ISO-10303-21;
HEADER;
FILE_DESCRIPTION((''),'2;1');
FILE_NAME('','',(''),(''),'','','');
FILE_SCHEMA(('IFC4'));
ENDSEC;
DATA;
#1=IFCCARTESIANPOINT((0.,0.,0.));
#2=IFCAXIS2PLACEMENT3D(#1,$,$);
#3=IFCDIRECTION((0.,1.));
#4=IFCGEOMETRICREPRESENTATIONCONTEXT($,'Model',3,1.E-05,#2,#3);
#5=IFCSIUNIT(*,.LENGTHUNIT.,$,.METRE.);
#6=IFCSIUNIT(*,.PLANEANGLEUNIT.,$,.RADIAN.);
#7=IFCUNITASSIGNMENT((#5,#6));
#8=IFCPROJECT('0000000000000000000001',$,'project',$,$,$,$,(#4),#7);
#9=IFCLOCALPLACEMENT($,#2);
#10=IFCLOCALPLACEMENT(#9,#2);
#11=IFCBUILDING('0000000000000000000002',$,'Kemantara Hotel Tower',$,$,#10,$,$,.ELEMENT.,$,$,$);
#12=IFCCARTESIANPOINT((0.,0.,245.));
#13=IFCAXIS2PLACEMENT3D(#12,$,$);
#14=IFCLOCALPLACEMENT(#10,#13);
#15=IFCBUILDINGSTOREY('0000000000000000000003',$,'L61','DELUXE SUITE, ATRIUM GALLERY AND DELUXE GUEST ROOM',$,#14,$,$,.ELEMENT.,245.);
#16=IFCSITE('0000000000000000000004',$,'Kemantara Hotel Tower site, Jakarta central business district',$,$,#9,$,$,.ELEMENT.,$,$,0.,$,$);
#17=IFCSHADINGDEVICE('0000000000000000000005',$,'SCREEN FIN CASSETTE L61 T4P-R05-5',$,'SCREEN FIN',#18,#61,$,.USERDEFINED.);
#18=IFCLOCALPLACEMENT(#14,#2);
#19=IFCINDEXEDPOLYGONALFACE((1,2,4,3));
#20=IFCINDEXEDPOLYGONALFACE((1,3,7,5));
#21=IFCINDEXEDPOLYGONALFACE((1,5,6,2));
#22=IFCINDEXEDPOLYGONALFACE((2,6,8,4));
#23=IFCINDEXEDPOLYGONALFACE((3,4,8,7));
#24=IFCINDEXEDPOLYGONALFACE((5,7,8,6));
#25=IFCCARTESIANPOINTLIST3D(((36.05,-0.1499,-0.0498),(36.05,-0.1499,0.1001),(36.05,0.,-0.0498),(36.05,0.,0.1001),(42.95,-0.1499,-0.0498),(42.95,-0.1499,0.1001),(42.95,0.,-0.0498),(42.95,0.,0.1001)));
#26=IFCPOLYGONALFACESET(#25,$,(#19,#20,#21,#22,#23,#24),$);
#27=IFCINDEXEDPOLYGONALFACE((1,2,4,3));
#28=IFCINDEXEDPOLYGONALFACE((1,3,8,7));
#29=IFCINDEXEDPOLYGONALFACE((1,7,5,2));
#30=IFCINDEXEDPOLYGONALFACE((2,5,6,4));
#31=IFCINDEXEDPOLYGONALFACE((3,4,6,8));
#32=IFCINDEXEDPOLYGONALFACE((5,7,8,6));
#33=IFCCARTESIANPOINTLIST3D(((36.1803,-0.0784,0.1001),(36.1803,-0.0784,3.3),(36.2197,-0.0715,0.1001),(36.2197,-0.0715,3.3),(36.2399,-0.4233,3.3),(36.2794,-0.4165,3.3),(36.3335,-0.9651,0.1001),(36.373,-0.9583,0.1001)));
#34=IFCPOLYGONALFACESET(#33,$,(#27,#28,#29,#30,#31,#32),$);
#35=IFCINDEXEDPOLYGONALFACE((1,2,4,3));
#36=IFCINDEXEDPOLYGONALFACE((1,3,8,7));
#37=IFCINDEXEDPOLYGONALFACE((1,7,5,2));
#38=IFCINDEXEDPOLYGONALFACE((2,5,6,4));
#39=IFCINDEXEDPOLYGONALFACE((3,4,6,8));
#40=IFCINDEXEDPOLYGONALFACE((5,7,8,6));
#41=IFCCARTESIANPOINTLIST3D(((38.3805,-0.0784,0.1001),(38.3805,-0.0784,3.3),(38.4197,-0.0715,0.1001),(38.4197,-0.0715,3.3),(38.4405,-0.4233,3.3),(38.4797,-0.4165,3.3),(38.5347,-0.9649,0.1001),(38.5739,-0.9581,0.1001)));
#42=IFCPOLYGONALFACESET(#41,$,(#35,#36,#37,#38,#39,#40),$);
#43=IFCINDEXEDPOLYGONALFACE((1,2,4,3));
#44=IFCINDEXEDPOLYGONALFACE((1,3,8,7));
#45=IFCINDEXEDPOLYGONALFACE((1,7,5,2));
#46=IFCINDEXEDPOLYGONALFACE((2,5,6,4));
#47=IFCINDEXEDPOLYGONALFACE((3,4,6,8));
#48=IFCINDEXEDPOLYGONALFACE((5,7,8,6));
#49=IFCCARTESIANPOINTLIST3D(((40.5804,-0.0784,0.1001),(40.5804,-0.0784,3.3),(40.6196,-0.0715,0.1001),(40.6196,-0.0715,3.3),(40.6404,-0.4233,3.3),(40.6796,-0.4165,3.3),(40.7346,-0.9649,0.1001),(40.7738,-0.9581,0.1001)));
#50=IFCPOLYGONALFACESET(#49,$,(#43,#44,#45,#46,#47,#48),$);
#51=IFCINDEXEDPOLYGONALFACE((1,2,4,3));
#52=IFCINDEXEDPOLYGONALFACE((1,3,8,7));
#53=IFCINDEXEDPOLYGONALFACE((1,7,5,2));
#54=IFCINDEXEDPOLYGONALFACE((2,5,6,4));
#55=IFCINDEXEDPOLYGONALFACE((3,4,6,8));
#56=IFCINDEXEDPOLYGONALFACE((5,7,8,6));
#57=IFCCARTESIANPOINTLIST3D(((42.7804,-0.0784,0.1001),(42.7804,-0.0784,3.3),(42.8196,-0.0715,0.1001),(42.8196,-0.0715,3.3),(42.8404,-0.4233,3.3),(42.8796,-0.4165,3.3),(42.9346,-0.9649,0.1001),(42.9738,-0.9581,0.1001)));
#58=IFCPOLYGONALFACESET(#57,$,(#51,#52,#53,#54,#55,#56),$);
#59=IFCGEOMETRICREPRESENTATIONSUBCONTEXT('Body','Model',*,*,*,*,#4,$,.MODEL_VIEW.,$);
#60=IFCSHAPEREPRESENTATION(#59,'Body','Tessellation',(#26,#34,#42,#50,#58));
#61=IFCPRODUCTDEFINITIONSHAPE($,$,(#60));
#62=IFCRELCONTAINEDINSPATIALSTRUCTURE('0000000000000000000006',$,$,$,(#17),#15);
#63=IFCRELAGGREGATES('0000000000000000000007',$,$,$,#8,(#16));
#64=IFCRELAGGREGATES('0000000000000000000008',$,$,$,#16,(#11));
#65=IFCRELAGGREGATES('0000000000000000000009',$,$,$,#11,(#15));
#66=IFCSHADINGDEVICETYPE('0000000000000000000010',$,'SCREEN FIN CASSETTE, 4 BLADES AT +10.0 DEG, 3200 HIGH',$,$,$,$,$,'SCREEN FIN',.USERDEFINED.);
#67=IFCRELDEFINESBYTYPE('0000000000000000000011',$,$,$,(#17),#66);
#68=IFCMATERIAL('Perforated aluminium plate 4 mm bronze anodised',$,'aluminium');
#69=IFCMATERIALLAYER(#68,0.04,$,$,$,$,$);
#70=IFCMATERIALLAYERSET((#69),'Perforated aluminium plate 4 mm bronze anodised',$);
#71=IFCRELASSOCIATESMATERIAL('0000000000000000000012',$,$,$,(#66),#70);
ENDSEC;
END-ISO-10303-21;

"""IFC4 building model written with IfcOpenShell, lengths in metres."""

from ifc_helpers import new_model, si_unit, direction, frame, origin, origin_2d, place, context, subcontext, project, spatial, polyline, rectangle, outline, extrude, source, transform, mapped, material, layer, layer_set, type_object, element, save


model = new_model("IFC4")

# Units and contexts
model_context = context("Model", 3, precision=1e-05, world=origin(), true_north=direction((0.0, 1.0)))
body_context = subcontext(model_context, "Body", "Model", "MODEL_VIEW")
ifc_project = project(units=[si_unit("LENGTHUNIT", "METRE"), si_unit("PLANEANGLEUNIT", "RADIAN")], contexts=[model_context])

# Site, building, storey
site_placement = place(None, origin())
site = spatial("IfcSite", under=ifc_project, at=site_placement, Name="Kemantara Hotel Tower site, Jakarta central business district", CompositionType="ELEMENT", RefElevation=0.0)
building_placement = place(site_placement, origin())
building = spatial("IfcBuilding", under=site, at=building_placement, Name="Kemantara Hotel Tower", CompositionType="ELEMENT")
storey_placement = place(building_placement, frame((0.0, 0.0, 245.0)))
storey = spatial("IfcBuildingStorey", under=building, at=storey_placement, Name="L61", Description="DELUXE SUITE, ATRIUM GALLERY AND DELUXE GUEST ROOM", CompositionType="ELEMENT", Elevation=245.0)

# Shading device
ifc_material_1 = material(Name="Perforated aluminium plate 4 mm bronze anodised", Category="aluminium")
ifc_layer_1 = layer(ifc_material_1, 0.04)
ifc_layer_set_1 = layer_set([ifc_layer_1], Name="Perforated aluminium plate 4 mm bronze anodised")
shading_device_type = type_object("IfcShadingDeviceType", Name="SCREEN FIN CASSETTE, 4 BLADES AT +10.0 DEG, 3200 HIGH", ElementType="SCREEN FIN", PredefinedType="USERDEFINED", material=ifc_layer_set_1)
shared_shape = source(origin(), body_context, "Body", "SweptSolid", [
    extrude(rectangle(XDim=6.8999, YDim=0.1499, at=origin_2d()), frame((3.3, -0.075, -0.1499), z_axis=(0.0, 0.0, 1.0), x_axis=(1.0, 0.0, 0.0)), (0.0, 0.0, 1.0), 0.1499),
    extrude(outline(polyline([(0.0, 0.0), (0.8999, 0.0), (0.3501, 3.2), (0.0, 3.2), (0.0, 0.0)])), frame((0.0198, -0.0715, 0.0), z_axis=(-0.98539, -0.170314, 0.0), x_axis=(0.170314, -0.98539, 0.0)), (0.0, 0.0, 1.0), 0.04),
    extrude(outline(polyline([(0.0, 0.0), (0.8999, 0.0), (0.3501, 3.2), (0.0, 3.2), (0.0, 0.0)])), frame((2.2197, -0.0715, 0.0), z_axis=(-0.985212, -0.171341, 0.0), x_axis=(0.171341, -0.985212, 0.0)), (0.0, 0.0, 1.0), 0.0398),
    extrude(outline(polyline([(0.0, 0.0), (0.8999, 0.0), (0.3501, 3.2), (0.0, 3.2), (0.0, 0.0)])), frame((4.4197, -0.0715, 0.0), z_axis=(-0.985212, -0.171341, 0.0), x_axis=(0.171341, -0.985212, 0.0)), (0.0, 0.0, 1.0), 0.0398),
    extrude(outline(polyline([(0.0, 0.0), (0.8999, 0.0), (0.3501, 3.2), (0.0, 3.2), (0.0, 0.0)])), frame((6.6196, -0.0715, 0.0), z_axis=(-0.985212, -0.171341, 0.0), x_axis=(0.171341, -0.985212, 0.0)), (0.0, 0.0, 1.0), 0.0398),
])
shading_device_placement = place(storey_placement, frame((36.2, 0.0, 0.1001), z_axis=(0.0, 0.0, 1.0), x_axis=(1.0, 0.0, 0.0)))
element("IfcShadingDevice", 1, at=shading_device_placement, inside=storey, type_object=shading_device_type, Name="SCREEN FIN CASSETTE L61 T4P-R05-5", ObjectType="SCREEN FIN", PredefinedType="USERDEFINED", context=body_context, shape_type="MappedRepresentation", body=[
    mapped(shared_shape, transform((0.0, 0.0, 0.0))),
])

save(model, "model.ifc")
